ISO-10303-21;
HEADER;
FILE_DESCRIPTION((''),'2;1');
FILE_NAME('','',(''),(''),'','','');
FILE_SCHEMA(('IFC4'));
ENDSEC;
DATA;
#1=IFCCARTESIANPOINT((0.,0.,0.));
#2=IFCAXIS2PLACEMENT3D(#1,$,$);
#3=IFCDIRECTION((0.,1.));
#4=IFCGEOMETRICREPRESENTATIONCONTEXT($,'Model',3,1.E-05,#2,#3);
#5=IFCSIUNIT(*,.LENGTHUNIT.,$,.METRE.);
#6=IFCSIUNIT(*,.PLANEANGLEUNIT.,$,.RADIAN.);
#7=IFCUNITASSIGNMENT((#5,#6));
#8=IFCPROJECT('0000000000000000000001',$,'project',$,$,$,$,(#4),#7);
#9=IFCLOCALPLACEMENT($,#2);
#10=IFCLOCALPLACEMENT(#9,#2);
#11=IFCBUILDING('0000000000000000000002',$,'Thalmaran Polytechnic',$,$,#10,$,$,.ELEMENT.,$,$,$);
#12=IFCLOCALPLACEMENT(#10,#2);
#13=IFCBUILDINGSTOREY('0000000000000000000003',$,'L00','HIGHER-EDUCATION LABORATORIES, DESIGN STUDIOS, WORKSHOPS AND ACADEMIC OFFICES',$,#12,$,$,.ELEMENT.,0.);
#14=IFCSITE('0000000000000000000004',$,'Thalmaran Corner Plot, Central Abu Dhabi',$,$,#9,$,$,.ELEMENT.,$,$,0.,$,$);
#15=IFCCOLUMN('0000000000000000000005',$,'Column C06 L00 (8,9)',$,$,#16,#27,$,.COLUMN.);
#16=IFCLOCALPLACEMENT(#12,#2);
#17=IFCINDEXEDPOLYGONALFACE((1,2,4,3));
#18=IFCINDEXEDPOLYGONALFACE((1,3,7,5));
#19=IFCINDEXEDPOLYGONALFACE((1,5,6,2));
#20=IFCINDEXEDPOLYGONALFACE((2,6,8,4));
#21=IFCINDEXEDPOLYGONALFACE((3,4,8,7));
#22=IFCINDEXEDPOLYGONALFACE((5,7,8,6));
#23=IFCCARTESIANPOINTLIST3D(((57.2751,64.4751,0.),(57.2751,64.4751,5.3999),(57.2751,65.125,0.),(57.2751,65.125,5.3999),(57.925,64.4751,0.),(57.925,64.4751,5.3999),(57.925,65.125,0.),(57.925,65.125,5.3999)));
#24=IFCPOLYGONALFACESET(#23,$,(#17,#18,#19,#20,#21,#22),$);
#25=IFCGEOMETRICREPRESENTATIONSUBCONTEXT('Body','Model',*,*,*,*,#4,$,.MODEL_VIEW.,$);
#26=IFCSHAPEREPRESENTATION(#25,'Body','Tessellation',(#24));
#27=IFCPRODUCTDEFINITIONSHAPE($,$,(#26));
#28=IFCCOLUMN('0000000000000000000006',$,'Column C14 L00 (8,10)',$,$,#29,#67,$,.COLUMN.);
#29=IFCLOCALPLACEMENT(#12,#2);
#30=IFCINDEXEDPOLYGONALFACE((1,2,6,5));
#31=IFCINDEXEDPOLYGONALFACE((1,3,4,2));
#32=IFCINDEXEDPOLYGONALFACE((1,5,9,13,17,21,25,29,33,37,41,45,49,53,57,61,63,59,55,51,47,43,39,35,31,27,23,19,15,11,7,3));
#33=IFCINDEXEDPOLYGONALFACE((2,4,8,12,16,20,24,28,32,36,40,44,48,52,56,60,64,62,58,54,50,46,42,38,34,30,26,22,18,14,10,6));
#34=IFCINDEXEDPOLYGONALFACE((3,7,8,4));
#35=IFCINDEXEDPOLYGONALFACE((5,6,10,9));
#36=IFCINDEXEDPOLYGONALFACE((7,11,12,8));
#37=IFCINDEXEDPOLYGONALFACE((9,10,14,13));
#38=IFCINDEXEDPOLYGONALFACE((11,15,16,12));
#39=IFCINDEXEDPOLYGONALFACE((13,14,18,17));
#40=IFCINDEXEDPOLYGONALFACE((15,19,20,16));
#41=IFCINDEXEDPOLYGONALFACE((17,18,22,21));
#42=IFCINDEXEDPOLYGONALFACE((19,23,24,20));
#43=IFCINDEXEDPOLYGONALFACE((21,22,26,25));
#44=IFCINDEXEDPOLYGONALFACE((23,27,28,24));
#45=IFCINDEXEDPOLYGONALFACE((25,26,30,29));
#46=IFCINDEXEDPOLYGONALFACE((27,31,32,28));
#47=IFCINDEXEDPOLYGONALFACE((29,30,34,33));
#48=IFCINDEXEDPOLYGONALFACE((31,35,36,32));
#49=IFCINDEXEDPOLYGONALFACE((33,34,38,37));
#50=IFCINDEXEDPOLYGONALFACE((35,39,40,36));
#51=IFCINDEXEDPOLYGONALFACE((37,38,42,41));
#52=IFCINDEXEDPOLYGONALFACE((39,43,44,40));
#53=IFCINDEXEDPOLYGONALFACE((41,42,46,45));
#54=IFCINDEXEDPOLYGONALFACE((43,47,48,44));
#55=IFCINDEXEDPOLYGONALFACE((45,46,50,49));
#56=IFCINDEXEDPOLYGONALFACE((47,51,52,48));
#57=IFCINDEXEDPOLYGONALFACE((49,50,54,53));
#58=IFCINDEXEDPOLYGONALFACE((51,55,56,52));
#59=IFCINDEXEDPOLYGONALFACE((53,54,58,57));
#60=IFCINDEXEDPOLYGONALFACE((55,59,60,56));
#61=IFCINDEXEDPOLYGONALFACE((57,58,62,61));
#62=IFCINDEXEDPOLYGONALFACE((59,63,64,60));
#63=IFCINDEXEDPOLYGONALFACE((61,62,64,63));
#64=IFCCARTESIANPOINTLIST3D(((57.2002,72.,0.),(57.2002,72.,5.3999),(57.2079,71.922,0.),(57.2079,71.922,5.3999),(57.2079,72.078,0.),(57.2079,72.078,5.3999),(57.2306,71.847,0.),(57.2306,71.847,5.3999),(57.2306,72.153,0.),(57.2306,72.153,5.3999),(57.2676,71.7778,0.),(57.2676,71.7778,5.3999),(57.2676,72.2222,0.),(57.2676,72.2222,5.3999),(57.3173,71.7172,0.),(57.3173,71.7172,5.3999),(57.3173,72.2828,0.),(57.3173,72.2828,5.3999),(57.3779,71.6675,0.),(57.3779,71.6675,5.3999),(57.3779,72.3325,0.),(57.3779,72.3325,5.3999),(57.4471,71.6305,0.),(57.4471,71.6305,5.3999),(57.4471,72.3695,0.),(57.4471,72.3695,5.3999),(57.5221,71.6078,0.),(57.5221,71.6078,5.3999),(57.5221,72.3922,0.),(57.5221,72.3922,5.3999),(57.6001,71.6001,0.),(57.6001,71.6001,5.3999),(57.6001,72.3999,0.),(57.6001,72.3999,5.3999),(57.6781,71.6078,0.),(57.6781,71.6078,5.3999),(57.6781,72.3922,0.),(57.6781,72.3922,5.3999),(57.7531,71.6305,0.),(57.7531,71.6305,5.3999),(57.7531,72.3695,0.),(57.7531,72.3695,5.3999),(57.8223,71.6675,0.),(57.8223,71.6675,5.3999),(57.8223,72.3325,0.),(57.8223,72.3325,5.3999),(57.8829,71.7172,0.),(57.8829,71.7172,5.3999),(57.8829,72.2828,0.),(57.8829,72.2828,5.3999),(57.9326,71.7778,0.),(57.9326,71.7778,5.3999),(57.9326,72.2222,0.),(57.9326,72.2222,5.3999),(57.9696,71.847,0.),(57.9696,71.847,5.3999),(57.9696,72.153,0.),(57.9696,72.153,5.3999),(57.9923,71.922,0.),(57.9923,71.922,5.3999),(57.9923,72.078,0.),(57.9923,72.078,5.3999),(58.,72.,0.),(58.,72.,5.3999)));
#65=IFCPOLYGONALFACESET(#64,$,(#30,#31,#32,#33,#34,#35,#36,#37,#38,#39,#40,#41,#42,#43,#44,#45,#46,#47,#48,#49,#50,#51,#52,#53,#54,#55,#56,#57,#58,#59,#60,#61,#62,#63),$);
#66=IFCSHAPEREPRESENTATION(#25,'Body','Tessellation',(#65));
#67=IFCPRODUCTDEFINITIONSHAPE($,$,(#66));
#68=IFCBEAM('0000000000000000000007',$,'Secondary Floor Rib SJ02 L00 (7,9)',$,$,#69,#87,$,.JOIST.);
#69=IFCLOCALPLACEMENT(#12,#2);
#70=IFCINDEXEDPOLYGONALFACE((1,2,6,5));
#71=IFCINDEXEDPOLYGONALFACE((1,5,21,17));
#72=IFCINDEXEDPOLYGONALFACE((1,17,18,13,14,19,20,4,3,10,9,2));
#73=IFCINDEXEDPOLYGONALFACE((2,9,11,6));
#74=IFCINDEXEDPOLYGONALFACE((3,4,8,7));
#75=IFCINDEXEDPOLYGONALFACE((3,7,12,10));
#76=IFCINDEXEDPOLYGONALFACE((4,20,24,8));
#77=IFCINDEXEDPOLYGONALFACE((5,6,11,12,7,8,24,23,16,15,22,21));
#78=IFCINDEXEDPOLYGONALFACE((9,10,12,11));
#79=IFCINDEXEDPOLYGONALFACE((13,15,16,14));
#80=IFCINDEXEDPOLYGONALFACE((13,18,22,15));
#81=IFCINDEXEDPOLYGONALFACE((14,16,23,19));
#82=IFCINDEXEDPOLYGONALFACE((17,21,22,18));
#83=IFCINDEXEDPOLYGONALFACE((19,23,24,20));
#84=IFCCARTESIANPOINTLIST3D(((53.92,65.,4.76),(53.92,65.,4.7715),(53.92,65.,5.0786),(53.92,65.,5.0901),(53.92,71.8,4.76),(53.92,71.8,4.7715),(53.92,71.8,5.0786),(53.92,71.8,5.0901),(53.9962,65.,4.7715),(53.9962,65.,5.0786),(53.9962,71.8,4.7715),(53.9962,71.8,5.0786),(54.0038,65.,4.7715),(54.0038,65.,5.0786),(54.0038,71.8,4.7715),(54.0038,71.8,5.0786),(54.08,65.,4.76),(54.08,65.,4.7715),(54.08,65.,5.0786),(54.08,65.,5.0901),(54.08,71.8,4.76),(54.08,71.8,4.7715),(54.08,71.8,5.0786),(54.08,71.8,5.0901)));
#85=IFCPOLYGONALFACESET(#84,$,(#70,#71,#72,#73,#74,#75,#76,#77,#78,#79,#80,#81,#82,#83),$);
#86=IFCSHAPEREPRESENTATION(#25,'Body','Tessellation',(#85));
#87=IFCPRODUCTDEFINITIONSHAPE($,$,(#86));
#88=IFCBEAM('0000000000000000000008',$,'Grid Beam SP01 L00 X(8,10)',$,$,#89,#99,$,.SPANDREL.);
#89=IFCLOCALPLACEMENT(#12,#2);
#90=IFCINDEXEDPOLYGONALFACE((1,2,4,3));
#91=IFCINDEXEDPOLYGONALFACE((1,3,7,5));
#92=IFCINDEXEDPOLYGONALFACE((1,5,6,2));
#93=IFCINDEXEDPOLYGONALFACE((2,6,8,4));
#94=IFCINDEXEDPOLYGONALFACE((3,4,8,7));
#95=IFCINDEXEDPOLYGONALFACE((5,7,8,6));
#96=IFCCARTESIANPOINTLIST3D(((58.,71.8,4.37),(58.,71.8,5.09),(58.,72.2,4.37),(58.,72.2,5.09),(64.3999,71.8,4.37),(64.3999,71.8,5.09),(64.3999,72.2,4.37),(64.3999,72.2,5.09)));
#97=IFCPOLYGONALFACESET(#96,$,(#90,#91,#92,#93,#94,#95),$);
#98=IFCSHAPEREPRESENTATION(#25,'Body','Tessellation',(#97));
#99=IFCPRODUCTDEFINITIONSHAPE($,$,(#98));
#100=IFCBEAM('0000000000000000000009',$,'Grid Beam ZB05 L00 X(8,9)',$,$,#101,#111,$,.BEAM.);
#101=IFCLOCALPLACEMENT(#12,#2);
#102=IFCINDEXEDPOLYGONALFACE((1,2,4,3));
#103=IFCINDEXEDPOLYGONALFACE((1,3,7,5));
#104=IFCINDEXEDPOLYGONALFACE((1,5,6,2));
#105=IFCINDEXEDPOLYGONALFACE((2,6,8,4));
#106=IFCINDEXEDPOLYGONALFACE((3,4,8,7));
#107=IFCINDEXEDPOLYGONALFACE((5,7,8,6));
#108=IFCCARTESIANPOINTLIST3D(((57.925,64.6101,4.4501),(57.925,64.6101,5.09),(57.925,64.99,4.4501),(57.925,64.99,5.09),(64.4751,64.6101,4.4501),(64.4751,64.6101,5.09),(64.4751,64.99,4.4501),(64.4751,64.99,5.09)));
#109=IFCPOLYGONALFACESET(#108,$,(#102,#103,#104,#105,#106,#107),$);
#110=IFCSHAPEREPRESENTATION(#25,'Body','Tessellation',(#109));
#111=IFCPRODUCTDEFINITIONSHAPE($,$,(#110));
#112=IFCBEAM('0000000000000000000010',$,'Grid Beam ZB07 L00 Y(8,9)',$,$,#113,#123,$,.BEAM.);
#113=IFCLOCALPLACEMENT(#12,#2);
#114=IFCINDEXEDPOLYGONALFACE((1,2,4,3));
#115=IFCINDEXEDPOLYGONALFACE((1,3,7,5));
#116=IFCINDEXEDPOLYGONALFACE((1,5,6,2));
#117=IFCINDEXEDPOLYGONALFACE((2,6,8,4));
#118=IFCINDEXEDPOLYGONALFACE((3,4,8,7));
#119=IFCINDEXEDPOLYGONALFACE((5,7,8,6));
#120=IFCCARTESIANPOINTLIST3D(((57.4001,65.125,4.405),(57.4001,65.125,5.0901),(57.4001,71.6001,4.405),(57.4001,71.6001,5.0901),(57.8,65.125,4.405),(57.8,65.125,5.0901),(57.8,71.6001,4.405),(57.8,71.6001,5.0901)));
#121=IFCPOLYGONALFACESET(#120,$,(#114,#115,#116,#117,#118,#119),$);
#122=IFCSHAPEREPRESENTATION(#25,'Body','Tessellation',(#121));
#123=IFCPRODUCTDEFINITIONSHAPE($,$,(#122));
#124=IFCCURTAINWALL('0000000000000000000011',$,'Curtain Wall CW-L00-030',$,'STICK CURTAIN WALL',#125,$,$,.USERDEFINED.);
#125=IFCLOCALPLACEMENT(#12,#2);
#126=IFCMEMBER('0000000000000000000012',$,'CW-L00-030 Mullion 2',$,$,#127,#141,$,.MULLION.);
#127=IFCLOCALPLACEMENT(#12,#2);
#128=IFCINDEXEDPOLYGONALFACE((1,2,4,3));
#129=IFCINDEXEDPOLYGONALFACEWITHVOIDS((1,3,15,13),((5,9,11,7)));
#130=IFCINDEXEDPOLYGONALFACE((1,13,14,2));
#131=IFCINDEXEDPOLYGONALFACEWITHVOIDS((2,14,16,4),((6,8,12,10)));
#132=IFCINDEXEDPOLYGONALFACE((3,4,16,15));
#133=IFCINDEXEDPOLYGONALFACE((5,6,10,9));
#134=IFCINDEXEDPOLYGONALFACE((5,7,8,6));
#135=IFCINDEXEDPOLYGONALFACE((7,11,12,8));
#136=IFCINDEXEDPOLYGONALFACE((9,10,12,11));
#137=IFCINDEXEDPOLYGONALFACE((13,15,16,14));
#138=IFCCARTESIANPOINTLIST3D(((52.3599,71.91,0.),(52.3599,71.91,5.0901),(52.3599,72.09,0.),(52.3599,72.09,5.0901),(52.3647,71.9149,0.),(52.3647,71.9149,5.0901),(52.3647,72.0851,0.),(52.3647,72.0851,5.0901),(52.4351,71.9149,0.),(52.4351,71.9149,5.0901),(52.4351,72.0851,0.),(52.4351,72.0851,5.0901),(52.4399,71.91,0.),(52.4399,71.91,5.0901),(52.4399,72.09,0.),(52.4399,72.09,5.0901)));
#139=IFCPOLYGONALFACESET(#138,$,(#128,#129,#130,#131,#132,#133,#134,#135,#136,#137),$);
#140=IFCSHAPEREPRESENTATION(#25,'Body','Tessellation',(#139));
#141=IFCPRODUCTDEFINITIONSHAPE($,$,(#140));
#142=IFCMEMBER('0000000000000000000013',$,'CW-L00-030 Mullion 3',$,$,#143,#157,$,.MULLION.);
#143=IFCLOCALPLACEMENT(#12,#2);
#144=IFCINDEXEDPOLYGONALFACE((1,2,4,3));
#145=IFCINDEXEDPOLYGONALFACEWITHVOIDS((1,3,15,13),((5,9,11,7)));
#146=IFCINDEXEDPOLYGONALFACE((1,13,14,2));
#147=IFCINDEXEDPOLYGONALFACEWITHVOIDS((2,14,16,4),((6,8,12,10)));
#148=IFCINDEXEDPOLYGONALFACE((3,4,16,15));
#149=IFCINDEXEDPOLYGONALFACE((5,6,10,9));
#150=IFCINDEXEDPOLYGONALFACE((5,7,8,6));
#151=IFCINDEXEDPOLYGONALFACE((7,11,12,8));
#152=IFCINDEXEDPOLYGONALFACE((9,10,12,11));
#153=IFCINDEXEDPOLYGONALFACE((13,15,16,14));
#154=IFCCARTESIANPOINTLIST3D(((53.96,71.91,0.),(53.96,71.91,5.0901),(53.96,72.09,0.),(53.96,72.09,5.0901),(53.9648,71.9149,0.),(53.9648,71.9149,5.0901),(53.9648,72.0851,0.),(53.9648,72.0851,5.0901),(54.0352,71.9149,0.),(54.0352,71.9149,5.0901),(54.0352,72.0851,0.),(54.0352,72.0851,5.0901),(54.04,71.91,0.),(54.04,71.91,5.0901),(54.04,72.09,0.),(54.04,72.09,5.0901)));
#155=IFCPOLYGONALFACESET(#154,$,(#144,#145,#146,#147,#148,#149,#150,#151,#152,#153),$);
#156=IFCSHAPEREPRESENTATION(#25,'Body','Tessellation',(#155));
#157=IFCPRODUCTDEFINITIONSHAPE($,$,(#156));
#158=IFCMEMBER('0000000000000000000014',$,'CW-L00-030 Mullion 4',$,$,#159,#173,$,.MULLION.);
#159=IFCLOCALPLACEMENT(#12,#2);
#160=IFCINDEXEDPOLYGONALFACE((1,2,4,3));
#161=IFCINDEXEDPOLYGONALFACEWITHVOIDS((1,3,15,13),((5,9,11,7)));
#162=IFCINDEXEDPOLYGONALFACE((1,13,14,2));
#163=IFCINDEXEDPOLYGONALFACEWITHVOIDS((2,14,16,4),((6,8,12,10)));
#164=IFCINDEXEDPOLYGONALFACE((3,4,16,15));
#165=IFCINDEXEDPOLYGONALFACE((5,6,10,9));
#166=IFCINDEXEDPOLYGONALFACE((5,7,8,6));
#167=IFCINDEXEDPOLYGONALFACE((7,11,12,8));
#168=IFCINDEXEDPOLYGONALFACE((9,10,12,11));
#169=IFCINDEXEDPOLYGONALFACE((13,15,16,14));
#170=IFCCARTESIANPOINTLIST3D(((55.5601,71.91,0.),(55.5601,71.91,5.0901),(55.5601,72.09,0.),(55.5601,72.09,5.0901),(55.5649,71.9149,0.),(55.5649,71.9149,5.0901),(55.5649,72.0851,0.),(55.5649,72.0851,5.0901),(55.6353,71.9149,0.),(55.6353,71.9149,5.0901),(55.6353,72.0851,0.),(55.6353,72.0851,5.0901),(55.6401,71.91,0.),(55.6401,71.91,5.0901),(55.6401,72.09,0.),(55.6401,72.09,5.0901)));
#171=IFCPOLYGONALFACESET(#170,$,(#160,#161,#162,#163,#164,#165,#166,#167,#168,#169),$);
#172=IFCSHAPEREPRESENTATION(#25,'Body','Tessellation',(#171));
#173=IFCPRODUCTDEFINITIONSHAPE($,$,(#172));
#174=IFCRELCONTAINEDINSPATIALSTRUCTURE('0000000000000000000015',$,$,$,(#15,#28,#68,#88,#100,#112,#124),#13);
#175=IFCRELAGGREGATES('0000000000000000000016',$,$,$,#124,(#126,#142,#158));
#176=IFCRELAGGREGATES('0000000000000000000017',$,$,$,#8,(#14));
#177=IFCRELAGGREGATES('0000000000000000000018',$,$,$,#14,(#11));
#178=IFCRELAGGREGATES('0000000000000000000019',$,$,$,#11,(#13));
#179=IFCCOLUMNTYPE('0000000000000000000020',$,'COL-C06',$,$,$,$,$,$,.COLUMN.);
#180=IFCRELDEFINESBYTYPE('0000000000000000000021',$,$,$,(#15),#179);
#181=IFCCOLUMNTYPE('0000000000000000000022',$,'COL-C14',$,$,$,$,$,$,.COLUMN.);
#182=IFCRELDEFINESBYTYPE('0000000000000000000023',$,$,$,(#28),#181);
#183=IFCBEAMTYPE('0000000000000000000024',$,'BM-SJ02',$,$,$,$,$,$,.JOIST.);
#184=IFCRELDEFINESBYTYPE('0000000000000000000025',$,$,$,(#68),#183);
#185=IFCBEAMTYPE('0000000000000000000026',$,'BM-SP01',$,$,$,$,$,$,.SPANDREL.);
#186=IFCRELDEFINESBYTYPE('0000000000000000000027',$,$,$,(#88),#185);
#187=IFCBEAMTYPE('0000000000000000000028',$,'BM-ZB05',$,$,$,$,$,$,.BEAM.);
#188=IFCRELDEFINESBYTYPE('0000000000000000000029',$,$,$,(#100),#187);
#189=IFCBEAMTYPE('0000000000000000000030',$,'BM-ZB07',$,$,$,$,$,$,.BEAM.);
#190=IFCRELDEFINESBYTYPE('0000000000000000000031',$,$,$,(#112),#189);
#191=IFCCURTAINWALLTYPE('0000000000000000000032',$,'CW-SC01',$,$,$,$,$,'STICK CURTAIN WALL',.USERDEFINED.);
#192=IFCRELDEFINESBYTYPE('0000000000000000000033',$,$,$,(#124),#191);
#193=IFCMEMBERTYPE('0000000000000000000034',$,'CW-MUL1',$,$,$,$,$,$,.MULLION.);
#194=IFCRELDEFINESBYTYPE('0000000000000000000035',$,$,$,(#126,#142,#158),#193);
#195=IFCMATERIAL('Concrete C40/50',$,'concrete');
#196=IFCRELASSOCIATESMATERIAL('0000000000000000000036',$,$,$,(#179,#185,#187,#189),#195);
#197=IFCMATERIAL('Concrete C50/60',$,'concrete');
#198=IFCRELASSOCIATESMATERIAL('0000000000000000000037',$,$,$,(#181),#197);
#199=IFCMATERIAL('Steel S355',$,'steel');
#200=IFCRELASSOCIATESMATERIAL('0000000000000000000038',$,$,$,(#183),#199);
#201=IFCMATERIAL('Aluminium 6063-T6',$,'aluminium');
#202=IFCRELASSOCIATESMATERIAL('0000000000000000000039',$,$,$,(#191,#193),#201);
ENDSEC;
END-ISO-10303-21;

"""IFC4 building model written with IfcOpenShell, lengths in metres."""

from ifc_helpers import new_model, si_unit, direction, frame, origin, origin_2d, place, context, subcontext, project, spatial, rectangle, hollow_rectangle, circle, i_section, extrude, material, material_profile, profile_set, type_object, element, aggregate, save


model = new_model("IFC4")

# Units and contexts
model_context = context("Model", 3, precision=1e-05, world=origin(), true_north=direction((0.0, 1.0)))
body_context = subcontext(model_context, "Body", "Model", "MODEL_VIEW")
ifc_project = project(units=[si_unit("LENGTHUNIT", "METRE"), si_unit("PLANEANGLEUNIT", "RADIAN")], contexts=[model_context])

# Site, building, storey
site_placement = place(None, origin())
site = spatial("IfcSite", under=ifc_project, at=site_placement, Name="Thalmaran Corner Plot, Central Abu Dhabi", CompositionType="ELEMENT", RefElevation=0.0)
building_placement = place(site_placement, origin())
building = spatial("IfcBuilding", under=site, at=building_placement, Name="Thalmaran Polytechnic", CompositionType="ELEMENT")
storey_placement = place(building_placement, origin())
storey = spatial("IfcBuildingStorey", under=building, at=storey_placement, Name="L00", Description="HIGHER-EDUCATION LABORATORIES, DESIGN STUDIOS, WORKSHOPS AND ACADEMIC OFFICES", CompositionType="ELEMENT", Elevation=0.0)

# Columns
ifc_material_1 = material(Name="Concrete C40/50", Category="concrete")
ifc_material_profile_1 = material_profile(ifc_material_1, rectangle(XDim=0.6499, YDim=0.6499, at=origin_2d()), Name="RC 650x650")
ifc_profile_set_1 = profile_set([ifc_material_profile_1], Name="Concrete C40/50")
column_type_1 = type_object("IfcColumnType", Name="COL-C06", PredefinedType="COLUMN", material=ifc_profile_set_1)
column_1_placement = place(storey_placement, frame((57.6001, 64.8, 0.0), z_axis=(0.0, 0.0, 1.0), x_axis=(1.0, 0.0, 0.0)))
element("IfcColumn", 1, at=column_1_placement, inside=storey, type_object=column_type_1, Name="Column C06 L00 (8,9)", PredefinedType="COLUMN", context=body_context, shape_type="SweptSolid", body=[
    extrude(rectangle(XDim=0.6499, YDim=0.6499, at=origin_2d()), origin(), (0.0, 0.0, 1.0), 5.3999),
])
ifc_material_2 = material(Name="Concrete C50/60", Category="concrete")
ifc_material_profile_2 = material_profile(ifc_material_2, circle(Radius=0.3999, at=origin_2d()), Name="RC 800 DIA")
ifc_profile_set_2 = profile_set([ifc_material_profile_2], Name="Concrete C50/60")
column_type_2 = type_object("IfcColumnType", Name="COL-C14", PredefinedType="COLUMN", material=ifc_profile_set_2)
column_2_placement = place(storey_placement, frame((57.6001, 72.0, 0.0), z_axis=(0.0, 0.0, 1.0), x_axis=(1.0, 0.0, 0.0)))
element("IfcColumn", 2, at=column_2_placement, inside=storey, type_object=column_type_2, Name="Column C14 L00 (8,10)", PredefinedType="COLUMN", context=body_context, shape_type="SweptSolid", body=[
    extrude(circle(Radius=0.3999, at=origin_2d()), origin(), (0.0, 0.0, 1.0), 5.3999),
])

# Beams
ifc_material_3 = material(Name="Steel S355", Category="steel")
ifc_material_profile_3 = material_profile(ifc_material_3, i_section(OverallWidth=0.1599, OverallDepth=0.3301, WebThickness=0.0076, FlangeThickness=0.0115, at=origin_2d()), Name="IPE 330")
ifc_profile_set_3 = profile_set([ifc_material_profile_3], Name="Steel S355")
beam_type_1 = type_object("IfcBeamType", Name="BM-SJ02", PredefinedType="JOIST", material=ifc_profile_set_3)
beam_1_placement = place(storey_placement, frame((54.0, 65.0, 4.925), z_axis=(0.0, 1.0, 0.0), x_axis=(-1.0, 0.0, 0.0)))
element("IfcBeam", 3, at=beam_1_placement, inside=storey, type_object=beam_type_1, Name="Secondary Floor Rib SJ02 L00 (7,9)", PredefinedType="JOIST", context=body_context, shape_type="SweptSolid", body=[
    extrude(i_section(OverallWidth=0.1599, OverallDepth=0.3301, WebThickness=0.0076, FlangeThickness=0.0115, at=origin_2d()), origin(), (0.0, 0.0, 1.0), 6.8),
])
ifc_material_profile_4 = material_profile(ifc_material_1, rectangle(XDim=0.3999, YDim=0.72, at=origin_2d()), Name="RC 400x720")
ifc_profile_set_4 = profile_set([ifc_material_profile_4], Name="Concrete C40/50")
beam_type_2 = type_object("IfcBeamType", Name="BM-SP01", PredefinedType="SPANDREL", material=ifc_profile_set_4)
beam_2_placement = place(storey_placement, frame((58.0, 72.0, 4.73), z_axis=(1.0, 0.0, 0.0), x_axis=(0.0, 1.0, 0.0)))
element("IfcBeam", 4, at=beam_2_placement, inside=storey, type_object=beam_type_2, Name="Grid Beam SP01 L00 X(8,10)", PredefinedType="SPANDREL", context=body_context, shape_type="SweptSolid", body=[
    extrude(rectangle(XDim=0.3999, YDim=0.72, at=origin_2d()), origin(), (0.0, 0.0, 1.0), 6.3999),
])
ifc_material_profile_5 = material_profile(ifc_material_1, rectangle(XDim=0.3799, YDim=0.6399, at=origin_2d()), Name="RC 380x640")
ifc_profile_set_5 = profile_set([ifc_material_profile_5], Name="Concrete C40/50")
beam_type_3 = type_object("IfcBeamType", Name="BM-ZB05", PredefinedType="BEAM", material=ifc_profile_set_5)
beam_3_placement = place(storey_placement, frame((57.925, 64.8, 4.77), z_axis=(1.0, 0.0, 0.0), x_axis=(0.0, 1.0, 0.0)))
element("IfcBeam", 5, at=beam_3_placement, inside=storey, type_object=beam_type_3, Name="Grid Beam ZB05 L00 X(8,9)", PredefinedType="BEAM", context=body_context, shape_type="SweptSolid", body=[
    extrude(rectangle(XDim=0.3799, YDim=0.6399, at=origin_2d()), origin(), (0.0, 0.0, 1.0), 6.55),
])
ifc_material_profile_6 = material_profile(ifc_material_1, rectangle(XDim=0.3999, YDim=0.6851, at=origin_2d()), Name="RC 400x685")
ifc_profile_set_6 = profile_set([ifc_material_profile_6], Name="Concrete C40/50")
beam_type_4 = type_object("IfcBeamType", Name="BM-ZB07", PredefinedType="BEAM", material=ifc_profile_set_6)
beam_4_placement = place(storey_placement, frame((57.6001, 65.125, 4.7476), z_axis=(0.0, 1.0, 0.0), x_axis=(-1.0, 0.0, 0.0)))
element("IfcBeam", 6, at=beam_4_placement, inside=storey, type_object=beam_type_4, Name="Grid Beam ZB07 L00 Y(8,9)", PredefinedType="BEAM", context=body_context, shape_type="SweptSolid", body=[
    extrude(rectangle(XDim=0.3999, YDim=0.6851, at=origin_2d()), origin(), (0.0, 0.0, 1.0), 6.4751),
])

# Curtain wall, members
ifc_material_4 = material(Name="Aluminium 6063-T6", Category="aluminium")
curtain_wall_type = type_object("IfcCurtainWallType", Name="CW-SC01", ElementType="STICK CURTAIN WALL", PredefinedType="USERDEFINED", material=ifc_material_4)
curtain_wall_1_placement = place(storey_placement, origin())
curtain_wall_1 = element("IfcCurtainWall", 7, at=curtain_wall_1_placement, inside=storey, type_object=curtain_wall_type, Name="Curtain Wall CW-L00-030", ObjectType="STICK CURTAIN WALL", PredefinedType="USERDEFINED")
ifc_material_profile_7 = material_profile(ifc_material_4, hollow_rectangle(XDim=0.0801, YDim=0.1799, WallThickness=0.0049, at=origin_2d()), Name="RHS 180x80x5.0")
ifc_profile_set_7 = profile_set([ifc_material_profile_7], Name="Aluminium 6063-T6")
member_type_1 = type_object("IfcMemberType", Name="CW-MUL1", PredefinedType="MULLION", material=ifc_profile_set_7)
member_1_placement = place(storey_placement, frame((52.3999, 72.0, 0.0), z_axis=(0.0, 0.0, 1.0), x_axis=(1.0, 0.0, 0.0)))
member_1 = element("IfcMember", 8, at=member_1_placement, type_object=member_type_1, Name="CW-L00-030 Mullion 2", PredefinedType="MULLION", context=body_context, shape_type="SweptSolid", body=[
    extrude(hollow_rectangle(XDim=0.0801, YDim=0.1799, WallThickness=0.0049, at=origin_2d()), origin(), (0.0, 0.0, 1.0), 5.0901),
])
member_2_placement = place(storey_placement, frame((54.0, 72.0, 0.0), z_axis=(0.0, 0.0, 1.0), x_axis=(1.0, 0.0, 0.0)))
member_2 = element("IfcMember", 9, at=member_2_placement, type_object=member_type_1, Name="CW-L00-030 Mullion 3", PredefinedType="MULLION", context=body_context, shape_type="SweptSolid", body=[
    extrude(hollow_rectangle(XDim=0.0801, YDim=0.1799, WallThickness=0.0049, at=origin_2d()), origin(), (0.0, 0.0, 1.0), 5.0901),
])
member_3_placement = place(storey_placement, frame((55.6001, 72.0, 0.0), z_axis=(0.0, 0.0, 1.0), x_axis=(1.0, 0.0, 0.0)))
member_3 = element("IfcMember", 10, at=member_3_placement, type_object=member_type_1, Name="CW-L00-030 Mullion 4", PredefinedType="MULLION", context=body_context, shape_type="SweptSolid", body=[
    extrude(hollow_rectangle(XDim=0.0801, YDim=0.1799, WallThickness=0.0049, at=origin_2d()), origin(), (0.0, 0.0, 1.0), 5.0901),
])

aggregate(curtain_wall_1, [member_1, member_2, member_3])

save(model, "model.ifc")
